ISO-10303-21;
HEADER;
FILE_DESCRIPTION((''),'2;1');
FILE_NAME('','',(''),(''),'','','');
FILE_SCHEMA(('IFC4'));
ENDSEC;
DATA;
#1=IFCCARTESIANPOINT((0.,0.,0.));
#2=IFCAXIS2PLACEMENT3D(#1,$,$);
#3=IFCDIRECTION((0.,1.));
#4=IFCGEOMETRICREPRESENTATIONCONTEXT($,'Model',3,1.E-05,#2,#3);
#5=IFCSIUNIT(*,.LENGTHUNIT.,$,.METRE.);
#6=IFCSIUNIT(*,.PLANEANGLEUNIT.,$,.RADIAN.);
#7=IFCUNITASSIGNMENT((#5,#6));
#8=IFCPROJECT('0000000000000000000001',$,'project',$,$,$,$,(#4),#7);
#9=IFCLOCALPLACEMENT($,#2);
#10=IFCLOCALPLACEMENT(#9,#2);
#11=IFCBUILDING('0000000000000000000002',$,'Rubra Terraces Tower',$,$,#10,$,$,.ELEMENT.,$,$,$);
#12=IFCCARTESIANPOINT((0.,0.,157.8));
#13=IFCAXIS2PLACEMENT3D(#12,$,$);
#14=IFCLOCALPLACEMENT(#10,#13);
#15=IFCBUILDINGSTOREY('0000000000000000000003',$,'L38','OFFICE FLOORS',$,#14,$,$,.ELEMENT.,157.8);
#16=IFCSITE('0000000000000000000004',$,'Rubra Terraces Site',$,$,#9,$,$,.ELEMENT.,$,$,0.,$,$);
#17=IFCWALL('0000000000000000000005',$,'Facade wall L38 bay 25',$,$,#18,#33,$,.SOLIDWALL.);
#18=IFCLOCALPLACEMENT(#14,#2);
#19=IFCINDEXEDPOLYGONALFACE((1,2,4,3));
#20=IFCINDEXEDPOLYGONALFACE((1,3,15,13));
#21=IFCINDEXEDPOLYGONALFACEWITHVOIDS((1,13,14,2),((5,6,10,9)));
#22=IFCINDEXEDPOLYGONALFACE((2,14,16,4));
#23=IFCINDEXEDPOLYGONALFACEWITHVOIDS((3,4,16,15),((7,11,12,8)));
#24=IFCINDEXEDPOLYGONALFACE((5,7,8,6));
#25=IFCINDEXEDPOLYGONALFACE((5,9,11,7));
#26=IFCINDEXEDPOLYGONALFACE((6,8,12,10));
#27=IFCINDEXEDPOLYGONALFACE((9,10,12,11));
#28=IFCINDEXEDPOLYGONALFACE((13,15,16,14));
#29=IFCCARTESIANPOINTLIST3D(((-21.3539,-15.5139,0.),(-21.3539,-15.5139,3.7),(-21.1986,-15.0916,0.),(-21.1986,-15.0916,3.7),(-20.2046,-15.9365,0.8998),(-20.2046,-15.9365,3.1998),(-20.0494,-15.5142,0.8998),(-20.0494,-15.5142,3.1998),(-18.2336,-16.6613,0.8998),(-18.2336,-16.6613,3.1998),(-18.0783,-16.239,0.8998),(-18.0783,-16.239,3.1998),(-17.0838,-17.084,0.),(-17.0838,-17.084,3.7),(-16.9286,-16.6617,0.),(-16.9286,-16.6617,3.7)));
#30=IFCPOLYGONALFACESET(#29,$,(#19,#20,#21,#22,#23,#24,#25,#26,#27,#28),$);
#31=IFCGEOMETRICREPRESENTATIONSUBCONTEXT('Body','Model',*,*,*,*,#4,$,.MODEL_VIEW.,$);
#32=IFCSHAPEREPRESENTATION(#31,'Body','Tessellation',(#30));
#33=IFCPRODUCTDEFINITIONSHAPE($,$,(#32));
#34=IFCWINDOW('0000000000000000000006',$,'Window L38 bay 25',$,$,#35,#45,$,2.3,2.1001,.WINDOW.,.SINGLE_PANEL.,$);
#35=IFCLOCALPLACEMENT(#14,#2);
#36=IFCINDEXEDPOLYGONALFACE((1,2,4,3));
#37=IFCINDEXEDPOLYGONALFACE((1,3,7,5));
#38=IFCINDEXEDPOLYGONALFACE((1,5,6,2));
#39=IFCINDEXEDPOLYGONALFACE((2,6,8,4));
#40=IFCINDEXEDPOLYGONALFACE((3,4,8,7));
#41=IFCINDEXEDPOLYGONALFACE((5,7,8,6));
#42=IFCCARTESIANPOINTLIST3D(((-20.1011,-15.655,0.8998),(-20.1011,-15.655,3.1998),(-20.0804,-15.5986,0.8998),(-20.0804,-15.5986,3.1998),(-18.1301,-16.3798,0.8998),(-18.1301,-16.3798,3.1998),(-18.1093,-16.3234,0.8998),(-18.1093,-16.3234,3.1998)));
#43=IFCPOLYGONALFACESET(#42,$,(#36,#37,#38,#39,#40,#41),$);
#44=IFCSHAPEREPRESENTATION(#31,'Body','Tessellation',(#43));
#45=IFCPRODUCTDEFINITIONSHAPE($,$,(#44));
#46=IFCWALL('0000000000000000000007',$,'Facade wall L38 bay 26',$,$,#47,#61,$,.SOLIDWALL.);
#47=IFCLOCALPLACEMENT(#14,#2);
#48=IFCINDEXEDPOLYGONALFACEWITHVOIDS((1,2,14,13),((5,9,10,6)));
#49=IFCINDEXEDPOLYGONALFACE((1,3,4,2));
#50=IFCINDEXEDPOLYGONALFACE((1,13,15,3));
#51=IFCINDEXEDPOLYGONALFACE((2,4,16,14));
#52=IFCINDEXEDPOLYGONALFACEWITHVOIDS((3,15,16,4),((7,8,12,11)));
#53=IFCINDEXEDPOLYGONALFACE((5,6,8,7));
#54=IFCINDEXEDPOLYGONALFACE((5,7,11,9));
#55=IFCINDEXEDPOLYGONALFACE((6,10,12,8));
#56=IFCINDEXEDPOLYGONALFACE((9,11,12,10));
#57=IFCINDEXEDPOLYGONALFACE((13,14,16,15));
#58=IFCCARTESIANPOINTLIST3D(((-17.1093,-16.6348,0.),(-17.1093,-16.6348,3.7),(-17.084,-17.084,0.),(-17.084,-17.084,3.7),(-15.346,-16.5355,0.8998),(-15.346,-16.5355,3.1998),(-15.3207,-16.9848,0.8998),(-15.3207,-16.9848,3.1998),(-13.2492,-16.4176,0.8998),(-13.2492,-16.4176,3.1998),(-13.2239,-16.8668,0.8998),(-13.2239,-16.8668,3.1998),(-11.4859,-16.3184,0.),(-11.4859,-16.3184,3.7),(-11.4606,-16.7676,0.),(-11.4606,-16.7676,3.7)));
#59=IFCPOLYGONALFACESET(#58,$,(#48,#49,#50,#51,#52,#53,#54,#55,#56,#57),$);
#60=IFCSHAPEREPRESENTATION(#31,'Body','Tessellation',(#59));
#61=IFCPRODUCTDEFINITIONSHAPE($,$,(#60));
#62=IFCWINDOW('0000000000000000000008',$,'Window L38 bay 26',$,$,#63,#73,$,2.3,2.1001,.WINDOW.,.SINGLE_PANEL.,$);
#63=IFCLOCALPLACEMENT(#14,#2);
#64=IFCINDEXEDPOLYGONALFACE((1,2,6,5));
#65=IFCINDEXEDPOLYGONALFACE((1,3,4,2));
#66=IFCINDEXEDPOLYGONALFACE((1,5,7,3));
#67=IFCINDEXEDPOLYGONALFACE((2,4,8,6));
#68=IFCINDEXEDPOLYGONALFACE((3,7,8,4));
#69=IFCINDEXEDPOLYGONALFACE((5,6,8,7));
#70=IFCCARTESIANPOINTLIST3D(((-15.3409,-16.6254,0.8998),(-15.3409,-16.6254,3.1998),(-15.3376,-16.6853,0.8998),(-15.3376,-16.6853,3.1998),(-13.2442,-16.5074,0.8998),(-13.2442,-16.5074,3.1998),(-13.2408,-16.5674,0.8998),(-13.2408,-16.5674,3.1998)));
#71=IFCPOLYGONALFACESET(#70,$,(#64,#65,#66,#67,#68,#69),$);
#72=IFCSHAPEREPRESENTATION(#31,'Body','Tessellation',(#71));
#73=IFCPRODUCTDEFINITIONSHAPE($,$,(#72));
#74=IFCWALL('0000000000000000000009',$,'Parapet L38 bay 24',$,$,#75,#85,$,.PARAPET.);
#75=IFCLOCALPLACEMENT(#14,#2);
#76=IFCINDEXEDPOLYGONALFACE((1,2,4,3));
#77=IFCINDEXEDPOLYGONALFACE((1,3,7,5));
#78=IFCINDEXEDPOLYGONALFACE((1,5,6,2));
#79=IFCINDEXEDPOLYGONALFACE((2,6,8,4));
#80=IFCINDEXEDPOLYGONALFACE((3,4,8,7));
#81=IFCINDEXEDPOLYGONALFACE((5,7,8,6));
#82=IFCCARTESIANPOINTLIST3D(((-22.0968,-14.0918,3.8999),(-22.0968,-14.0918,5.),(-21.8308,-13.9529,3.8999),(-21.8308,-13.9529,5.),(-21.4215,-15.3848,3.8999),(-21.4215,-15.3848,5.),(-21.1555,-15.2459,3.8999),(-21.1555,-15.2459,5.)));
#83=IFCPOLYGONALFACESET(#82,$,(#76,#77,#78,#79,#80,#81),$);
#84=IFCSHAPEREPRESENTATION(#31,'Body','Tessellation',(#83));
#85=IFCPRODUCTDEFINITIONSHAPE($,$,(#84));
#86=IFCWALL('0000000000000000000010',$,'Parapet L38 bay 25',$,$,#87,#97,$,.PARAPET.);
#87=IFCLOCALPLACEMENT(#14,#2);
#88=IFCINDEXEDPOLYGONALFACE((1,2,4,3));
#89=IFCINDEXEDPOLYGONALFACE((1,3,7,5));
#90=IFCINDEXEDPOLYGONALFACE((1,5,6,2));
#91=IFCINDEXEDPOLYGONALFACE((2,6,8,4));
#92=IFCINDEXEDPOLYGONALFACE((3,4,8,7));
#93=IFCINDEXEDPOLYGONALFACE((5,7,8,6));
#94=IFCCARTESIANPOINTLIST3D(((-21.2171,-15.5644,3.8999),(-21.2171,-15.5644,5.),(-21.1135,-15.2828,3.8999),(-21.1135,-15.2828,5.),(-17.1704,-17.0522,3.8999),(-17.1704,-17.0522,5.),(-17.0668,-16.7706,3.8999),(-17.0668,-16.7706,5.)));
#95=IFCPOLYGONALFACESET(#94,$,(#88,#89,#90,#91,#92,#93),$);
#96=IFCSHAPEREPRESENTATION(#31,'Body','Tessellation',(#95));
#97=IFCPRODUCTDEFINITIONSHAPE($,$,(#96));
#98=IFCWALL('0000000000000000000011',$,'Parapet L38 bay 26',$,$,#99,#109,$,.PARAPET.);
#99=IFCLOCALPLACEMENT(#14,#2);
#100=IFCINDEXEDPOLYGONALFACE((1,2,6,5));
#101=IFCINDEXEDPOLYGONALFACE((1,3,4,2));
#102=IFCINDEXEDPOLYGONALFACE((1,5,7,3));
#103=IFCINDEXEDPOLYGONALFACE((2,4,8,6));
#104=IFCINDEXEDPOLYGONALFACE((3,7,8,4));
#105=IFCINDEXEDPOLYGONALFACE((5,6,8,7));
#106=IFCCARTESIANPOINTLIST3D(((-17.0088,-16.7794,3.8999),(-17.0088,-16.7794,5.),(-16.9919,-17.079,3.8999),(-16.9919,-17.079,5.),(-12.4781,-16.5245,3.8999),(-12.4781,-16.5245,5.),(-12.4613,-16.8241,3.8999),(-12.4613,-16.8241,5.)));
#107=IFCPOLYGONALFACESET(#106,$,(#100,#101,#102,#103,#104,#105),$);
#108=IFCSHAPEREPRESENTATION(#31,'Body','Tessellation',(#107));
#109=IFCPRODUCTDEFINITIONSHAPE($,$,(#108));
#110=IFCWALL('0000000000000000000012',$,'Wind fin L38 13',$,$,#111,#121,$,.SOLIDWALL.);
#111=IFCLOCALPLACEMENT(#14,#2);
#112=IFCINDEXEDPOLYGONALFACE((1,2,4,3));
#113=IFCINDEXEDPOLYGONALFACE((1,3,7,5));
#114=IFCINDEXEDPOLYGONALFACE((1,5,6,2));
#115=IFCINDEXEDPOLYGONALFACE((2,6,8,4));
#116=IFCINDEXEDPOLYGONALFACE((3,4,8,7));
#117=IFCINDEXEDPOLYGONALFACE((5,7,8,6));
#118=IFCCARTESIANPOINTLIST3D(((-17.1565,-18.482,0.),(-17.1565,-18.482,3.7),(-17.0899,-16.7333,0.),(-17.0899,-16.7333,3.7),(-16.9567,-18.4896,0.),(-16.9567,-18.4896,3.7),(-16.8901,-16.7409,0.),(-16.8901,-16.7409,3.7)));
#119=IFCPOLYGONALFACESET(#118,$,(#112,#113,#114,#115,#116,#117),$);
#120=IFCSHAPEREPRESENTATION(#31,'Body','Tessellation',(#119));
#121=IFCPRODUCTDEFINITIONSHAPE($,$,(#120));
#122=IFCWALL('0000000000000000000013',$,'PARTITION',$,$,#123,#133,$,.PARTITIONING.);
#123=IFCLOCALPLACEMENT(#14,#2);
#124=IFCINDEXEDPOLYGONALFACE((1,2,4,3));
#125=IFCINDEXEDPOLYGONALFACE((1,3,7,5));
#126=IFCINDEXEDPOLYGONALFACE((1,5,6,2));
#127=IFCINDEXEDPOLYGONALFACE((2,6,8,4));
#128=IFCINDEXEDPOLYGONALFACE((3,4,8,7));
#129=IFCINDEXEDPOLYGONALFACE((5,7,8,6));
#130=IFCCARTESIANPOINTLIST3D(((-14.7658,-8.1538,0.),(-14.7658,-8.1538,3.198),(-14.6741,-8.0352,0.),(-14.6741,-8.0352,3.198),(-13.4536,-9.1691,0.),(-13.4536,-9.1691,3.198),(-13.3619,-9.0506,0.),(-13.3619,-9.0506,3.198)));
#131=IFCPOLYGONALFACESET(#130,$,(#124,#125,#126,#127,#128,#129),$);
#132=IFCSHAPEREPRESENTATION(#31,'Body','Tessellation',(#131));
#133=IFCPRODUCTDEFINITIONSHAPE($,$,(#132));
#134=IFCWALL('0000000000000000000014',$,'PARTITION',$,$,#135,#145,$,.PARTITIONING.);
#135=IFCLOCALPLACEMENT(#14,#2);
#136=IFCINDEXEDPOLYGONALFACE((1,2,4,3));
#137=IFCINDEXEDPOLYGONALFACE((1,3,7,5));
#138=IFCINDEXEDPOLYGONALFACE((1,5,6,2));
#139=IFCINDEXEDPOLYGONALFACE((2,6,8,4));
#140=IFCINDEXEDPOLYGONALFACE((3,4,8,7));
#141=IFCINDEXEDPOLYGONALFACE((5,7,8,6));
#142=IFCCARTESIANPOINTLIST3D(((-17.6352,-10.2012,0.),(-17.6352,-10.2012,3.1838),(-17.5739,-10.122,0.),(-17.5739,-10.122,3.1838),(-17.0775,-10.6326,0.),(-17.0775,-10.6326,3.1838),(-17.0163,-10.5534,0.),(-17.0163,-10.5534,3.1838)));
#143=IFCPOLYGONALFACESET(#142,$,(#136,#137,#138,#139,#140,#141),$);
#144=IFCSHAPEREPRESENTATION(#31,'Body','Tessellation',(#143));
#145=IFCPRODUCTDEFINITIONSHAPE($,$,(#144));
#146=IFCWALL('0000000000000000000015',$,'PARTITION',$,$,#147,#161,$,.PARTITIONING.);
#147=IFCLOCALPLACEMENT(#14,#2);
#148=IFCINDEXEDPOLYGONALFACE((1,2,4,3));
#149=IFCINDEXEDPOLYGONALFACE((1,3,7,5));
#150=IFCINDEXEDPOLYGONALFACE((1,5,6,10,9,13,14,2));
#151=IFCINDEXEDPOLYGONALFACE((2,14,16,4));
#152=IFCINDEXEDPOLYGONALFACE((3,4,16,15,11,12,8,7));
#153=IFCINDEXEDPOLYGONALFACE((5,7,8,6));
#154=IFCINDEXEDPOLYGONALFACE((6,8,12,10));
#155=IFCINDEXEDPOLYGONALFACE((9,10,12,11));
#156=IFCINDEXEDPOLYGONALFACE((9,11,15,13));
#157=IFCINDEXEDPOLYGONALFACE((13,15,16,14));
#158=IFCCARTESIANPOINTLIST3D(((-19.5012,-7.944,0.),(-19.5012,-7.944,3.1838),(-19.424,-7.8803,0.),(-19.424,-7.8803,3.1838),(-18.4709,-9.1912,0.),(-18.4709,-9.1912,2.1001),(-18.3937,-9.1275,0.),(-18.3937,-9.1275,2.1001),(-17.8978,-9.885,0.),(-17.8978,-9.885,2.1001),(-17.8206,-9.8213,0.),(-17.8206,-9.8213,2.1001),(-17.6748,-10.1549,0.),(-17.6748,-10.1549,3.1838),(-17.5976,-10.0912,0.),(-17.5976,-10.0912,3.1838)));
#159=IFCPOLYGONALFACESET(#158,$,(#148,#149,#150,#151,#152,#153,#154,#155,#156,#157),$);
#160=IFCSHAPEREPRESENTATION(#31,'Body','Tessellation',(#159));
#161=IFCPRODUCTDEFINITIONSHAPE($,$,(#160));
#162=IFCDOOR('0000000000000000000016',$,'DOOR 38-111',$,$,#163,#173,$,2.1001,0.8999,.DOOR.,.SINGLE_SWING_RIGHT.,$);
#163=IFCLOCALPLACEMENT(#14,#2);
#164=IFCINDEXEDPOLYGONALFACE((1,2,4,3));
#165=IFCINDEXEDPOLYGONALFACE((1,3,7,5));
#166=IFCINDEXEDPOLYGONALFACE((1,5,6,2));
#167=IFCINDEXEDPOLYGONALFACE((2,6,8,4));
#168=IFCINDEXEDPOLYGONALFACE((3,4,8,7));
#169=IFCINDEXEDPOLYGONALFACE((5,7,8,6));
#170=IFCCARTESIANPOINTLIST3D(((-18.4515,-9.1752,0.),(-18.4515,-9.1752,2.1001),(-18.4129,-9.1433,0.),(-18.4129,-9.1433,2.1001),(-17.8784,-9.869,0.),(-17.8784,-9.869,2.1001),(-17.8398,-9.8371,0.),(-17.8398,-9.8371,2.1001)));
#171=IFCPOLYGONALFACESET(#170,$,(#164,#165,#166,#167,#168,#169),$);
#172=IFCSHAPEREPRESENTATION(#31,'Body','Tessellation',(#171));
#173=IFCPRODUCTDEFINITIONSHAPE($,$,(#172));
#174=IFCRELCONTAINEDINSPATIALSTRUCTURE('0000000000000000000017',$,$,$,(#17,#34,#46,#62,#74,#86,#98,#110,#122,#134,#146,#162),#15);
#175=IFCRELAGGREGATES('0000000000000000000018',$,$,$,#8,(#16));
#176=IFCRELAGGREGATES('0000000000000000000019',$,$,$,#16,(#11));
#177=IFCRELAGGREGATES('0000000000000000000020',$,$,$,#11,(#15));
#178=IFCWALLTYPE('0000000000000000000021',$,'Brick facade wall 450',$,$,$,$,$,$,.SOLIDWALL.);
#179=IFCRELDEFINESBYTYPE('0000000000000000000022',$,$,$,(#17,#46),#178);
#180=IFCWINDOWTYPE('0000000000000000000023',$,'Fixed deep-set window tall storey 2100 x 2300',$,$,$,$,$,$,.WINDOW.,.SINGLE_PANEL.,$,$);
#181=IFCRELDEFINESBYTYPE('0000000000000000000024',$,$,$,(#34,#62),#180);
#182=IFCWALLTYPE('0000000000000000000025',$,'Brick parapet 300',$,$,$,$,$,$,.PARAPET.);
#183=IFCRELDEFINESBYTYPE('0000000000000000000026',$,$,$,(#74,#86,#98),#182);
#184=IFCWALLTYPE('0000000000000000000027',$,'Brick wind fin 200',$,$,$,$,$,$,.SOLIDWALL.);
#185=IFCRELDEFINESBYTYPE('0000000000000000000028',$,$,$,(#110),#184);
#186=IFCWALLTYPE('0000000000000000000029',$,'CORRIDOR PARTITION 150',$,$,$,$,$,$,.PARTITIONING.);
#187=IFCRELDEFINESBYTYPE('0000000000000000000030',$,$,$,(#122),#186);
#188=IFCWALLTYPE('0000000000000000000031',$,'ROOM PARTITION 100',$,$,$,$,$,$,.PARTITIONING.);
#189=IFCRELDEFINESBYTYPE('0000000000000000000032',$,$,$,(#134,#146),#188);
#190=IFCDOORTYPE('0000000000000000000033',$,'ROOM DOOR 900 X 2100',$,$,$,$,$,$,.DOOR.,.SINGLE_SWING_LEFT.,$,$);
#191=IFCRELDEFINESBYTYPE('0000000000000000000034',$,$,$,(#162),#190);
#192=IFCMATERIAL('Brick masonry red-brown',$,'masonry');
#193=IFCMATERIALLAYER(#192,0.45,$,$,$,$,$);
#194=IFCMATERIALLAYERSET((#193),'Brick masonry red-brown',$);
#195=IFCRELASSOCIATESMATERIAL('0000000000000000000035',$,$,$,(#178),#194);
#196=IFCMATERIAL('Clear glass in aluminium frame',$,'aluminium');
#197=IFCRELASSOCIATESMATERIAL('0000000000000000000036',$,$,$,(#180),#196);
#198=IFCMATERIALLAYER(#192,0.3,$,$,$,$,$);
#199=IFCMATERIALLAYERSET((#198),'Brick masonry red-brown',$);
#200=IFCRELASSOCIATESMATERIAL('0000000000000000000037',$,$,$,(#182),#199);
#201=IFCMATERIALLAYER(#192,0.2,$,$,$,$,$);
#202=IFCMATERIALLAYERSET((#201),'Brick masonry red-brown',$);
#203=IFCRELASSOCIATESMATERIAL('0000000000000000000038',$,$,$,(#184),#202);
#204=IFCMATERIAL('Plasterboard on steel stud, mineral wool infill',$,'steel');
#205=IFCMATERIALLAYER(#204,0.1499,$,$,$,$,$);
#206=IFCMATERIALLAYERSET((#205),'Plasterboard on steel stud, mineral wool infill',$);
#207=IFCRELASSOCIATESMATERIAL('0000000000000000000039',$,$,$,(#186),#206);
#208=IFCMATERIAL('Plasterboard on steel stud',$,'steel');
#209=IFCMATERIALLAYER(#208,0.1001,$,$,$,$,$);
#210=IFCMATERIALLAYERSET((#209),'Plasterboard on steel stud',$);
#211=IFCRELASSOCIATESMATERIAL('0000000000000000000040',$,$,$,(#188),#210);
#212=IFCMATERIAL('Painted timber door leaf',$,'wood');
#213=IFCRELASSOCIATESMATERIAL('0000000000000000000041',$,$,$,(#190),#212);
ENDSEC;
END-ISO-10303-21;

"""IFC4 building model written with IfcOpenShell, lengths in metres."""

from ifc_helpers import new_model, si_unit, direction, frame, frame_2d, origin, place, context, subcontext, project, spatial, rectangle, extrude, material, layer, layer_set, type_object, element, fill, save


model = new_model("IFC4")

# Units and contexts
model_context = context("Model", 3, precision=1e-05, world=origin(), true_north=direction((0.0, 1.0)))
body_context = subcontext(model_context, "Body", "Model", "MODEL_VIEW")
ifc_project = project(units=[si_unit("LENGTHUNIT", "METRE"), si_unit("PLANEANGLEUNIT", "RADIAN")], contexts=[model_context])

# Site, building, storey
site_placement = place(None, origin())
site = spatial("IfcSite", under=ifc_project, at=site_placement, Name="Rubra Terraces Site", CompositionType="ELEMENT", RefElevation=0.0)
building_placement = place(site_placement, origin())
building = spatial("IfcBuilding", under=site, at=building_placement, Name="Rubra Terraces Tower", CompositionType="ELEMENT")
storey_placement = place(building_placement, frame((0.0, 0.0, 157.8)))
storey = spatial("IfcBuildingStorey", under=building, at=storey_placement, Name="L38", Description="OFFICE FLOORS", CompositionType="ELEMENT", Elevation=157.8)

# Walls, openings, windows
ifc_material_1 = material(Name="Brick masonry red-brown", Category="masonry")
ifc_layer_1 = layer(ifc_material_1, 0.45)
ifc_layer_set_1 = layer_set([ifc_layer_1], Name="Brick masonry red-brown")
wall_type_1 = type_object("IfcWallType", Name="Brick facade wall 450", PredefinedType="SOLIDWALL", material=ifc_layer_set_1)
ifc_material_2 = material(Name="Clear glass in aluminium frame", Category="aluminium")
window_type = type_object("IfcWindowType", Name="Fixed deep-set window tall storey 2100 x 2300", PartitioningType="SINGLE_PANEL", PredefinedType="WINDOW", material=ifc_material_2)
wall_1_placement = place(storey_placement, frame((-21.2764, -15.3027, 0.0), z_axis=(0.0, 0.0, 1.0), x_axis=(0.938564, -0.345106, 0.0)))
wall_1 = element("IfcWall", 1, at=wall_1_placement, inside=storey, type_object=wall_type_1, Name="Facade wall L38 bay 25", PredefinedType="SOLIDWALL", context=body_context, shape_type="SweptSolid", body=[
    extrude(rectangle(XDim=4.5496, YDim=0.45, at=frame_2d((2.2749, 0.0))), origin(), (0.0, 0.0, 1.0), 3.7),
])
opening_1_placement = place(wall_1_placement, frame((1.2246, 0.0, 0.8999)))
opening_1 = element("IfcOpeningElement", 2, at=opening_1_placement, cuts=wall_1, PredefinedType="OPENING", context=body_context, shape_type="SweptSolid", body=[
    extrude(rectangle(XDim=2.1001, YDim=2.3, at=frame_2d((1.05, 1.1499))), frame((0.0, 0.2349, 0.0), z_axis=(0.0, -1.0, 0.0), x_axis=(1.0, 0.0, 0.0)), (0.0, 0.0, 1.0), 0.47),
])
window_1_placement = place(opening_1_placement, origin())
window_1 = element("IfcWindow", 3, at=window_1_placement, inside=storey, type_object=window_type, Name="Window L38 bay 25", OverallHeight=2.3, OverallWidth=2.1001, PartitioningType="SINGLE_PANEL", PredefinedType="WINDOW", context=body_context, shape_type="SweptSolid", body=[
    extrude(rectangle(XDim=2.1001, YDim=2.3, at=frame_2d((1.05, 1.1499))), frame((0.0, 0.135, 0.0), z_axis=(0.0, -1.0, 0.0), x_axis=(1.0, 0.0, 0.0)), (0.0, 0.0, 1.0), 0.0601),
])
fill(opening_1, window_1)
wall_2_placement = place(storey_placement, frame((-17.0967, -16.8594, 0.0), z_axis=(0.0, 0.0, 1.0), x_axis=(0.998421, 0.056176, 0.0)))
wall_2 = element("IfcWall", 4, at=wall_2_placement, inside=storey, type_object=wall_type_1, Name="Facade wall L38 bay 26", PredefinedType="SOLIDWALL", context=body_context, shape_type="SweptSolid", body=[
    extrude(rectangle(XDim=5.6323, YDim=0.45, at=frame_2d((2.8162, 0.0))), origin(), (0.0, 0.0, 1.0), 3.7),
])
opening_2_placement = place(wall_2_placement, frame((1.7661, 0.0, 0.8999)))
opening_2 = element("IfcOpeningElement", 5, at=opening_2_placement, cuts=wall_2, PredefinedType="OPENING", context=body_context, shape_type="SweptSolid", body=[
    extrude(rectangle(XDim=2.1001, YDim=2.3, at=frame_2d((1.05, 1.1499))), frame((0.0, 0.2349, 0.0), z_axis=(0.0, -1.0, 0.0), x_axis=(1.0, 0.0, 0.0)), (0.0, 0.0, 1.0), 0.47),
])
window_2_placement = place(opening_2_placement, origin())
window_2 = element("IfcWindow", 6, at=window_2_placement, inside=storey, type_object=window_type, Name="Window L38 bay 26", OverallHeight=2.3, OverallWidth=2.1001, PartitioningType="SINGLE_PANEL", PredefinedType="WINDOW", context=body_context, shape_type="SweptSolid", body=[
    extrude(rectangle(XDim=2.1001, YDim=2.3, at=frame_2d((1.05, 1.1499))), frame((0.0, 0.135, 0.0), z_axis=(0.0, -1.0, 0.0), x_axis=(1.0, 0.0, 0.0)), (0.0, 0.0, 1.0), 0.0601),
])
fill(opening_2, window_2)

# Walls
ifc_layer_2 = layer(ifc_material_1, 0.3)
ifc_layer_set_2 = layer_set([ifc_layer_2], Name="Brick masonry red-brown")
wall_type_2 = type_object("IfcWallType", Name="Brick parapet 300", PredefinedType="PARAPET", material=ifc_layer_set_2)
wall_3_placement = place(storey_placement, frame((-21.9639, -14.0222, 3.8999), z_axis=(0.0, 0.0, 1.0), x_axis=(0.462943, -0.886388, 0.0)))
element("IfcWall", 7, at=wall_3_placement, inside=storey, type_object=wall_type_2, Name="Parapet L38 bay 24", PredefinedType="PARAPET", context=body_context, shape_type="SweptSolid", body=[
    extrude(rectangle(XDim=1.4587, YDim=0.3, at=frame_2d((0.7295, 0.0))), origin(), (0.0, 0.0, 1.0), 1.1001),
])
wall_4_placement = place(storey_placement, frame((-21.1653, -15.4236, 3.8999), z_axis=(0.0, 0.0, 1.0), x_axis=(0.938574, -0.345078, 0.0)))
element("IfcWall", 8, at=wall_4_placement, inside=storey, type_object=wall_type_2, Name="Parapet L38 bay 25", PredefinedType="PARAPET", context=body_context, shape_type="SweptSolid", body=[
    extrude(rectangle(XDim=4.3115, YDim=0.3, at=frame_2d((2.1558, 0.0))), origin(), (0.0, 0.0, 1.0), 1.1001),
])
wall_5_placement = place(storey_placement, frame((-17.0005, -16.9292, 3.8999), z_axis=(0.0, 0.0, 1.0), x_axis=(0.998421, 0.056167, 0.0)))
element("IfcWall", 9, at=wall_5_placement, inside=storey, type_object=wall_type_2, Name="Parapet L38 bay 26", PredefinedType="PARAPET", context=body_context, shape_type="SweptSolid", body=[
    extrude(rectangle(XDim=4.5378, YDim=0.3, at=frame_2d((2.269, 0.0))), origin(), (0.0, 0.0, 1.0), 1.1001),
])
ifc_layer_3 = layer(ifc_material_1, 0.2)
ifc_layer_set_3 = layer_set([ifc_layer_3], Name="Brick masonry red-brown")
wall_type_3 = type_object("IfcWallType", Name="Brick wind fin 200", PredefinedType="SOLIDWALL", material=ifc_layer_set_3)
wall_6_placement = place(storey_placement, frame((-16.99, -16.7371, 0.0), z_axis=(0.0, 0.0, 1.0), x_axis=(-0.038085, -0.999275, 0.0)))
element("IfcWall", 10, at=wall_6_placement, inside=storey, type_object=wall_type_3, Name="Wind fin L38 13", PredefinedType="SOLIDWALL", context=body_context, shape_type="SweptSolid", body=[
    extrude(rectangle(XDim=1.75, YDim=0.2, at=frame_2d((0.875, 0.0))), origin(), (0.0, 0.0, 1.0), 3.7),
])
ifc_material_3 = material(Name="Plasterboard on steel stud, mineral wool infill", Category="steel")
ifc_layer_4 = layer(ifc_material_3, 0.1499)
ifc_layer_set_4 = layer_set([ifc_layer_4], Name="Plasterboard on steel stud, mineral wool infill")
wall_type_4 = type_object("IfcWallType", Name="CORRIDOR PARTITION 150", PredefinedType="PARTITIONING", material=ifc_layer_set_4)
wall_7_placement = place(storey_placement, frame((-14.72, -8.0945, 0.0), z_axis=(0.0, 0.0, 1.0), x_axis=(0.790887, -0.611962, 0.0)))
element("IfcWall", 11, at=wall_7_placement, inside=storey, type_object=wall_type_4, Name="PARTITION", PredefinedType="PARTITIONING", context=body_context, shape_type="SweptSolid", body=[
    extrude(rectangle(XDim=1.6592, YDim=0.1499, at=frame_2d((0.8296, 0.0))), origin(), (0.0, 0.0, 1.0), 3.198),
])
ifc_material_4 = material(Name="Plasterboard on steel stud", Category="steel")
ifc_layer_5 = layer(ifc_material_4, 0.1001)
ifc_layer_set_5 = layer_set([ifc_layer_5], Name="Plasterboard on steel stud")
wall_type_5 = type_object("IfcWallType", Name="ROOM PARTITION 100", PredefinedType="PARTITIONING", material=ifc_layer_set_5)
wall_8_placement = place(storey_placement, frame((-17.0469, -10.593, 0.0), z_axis=(0.0, 0.0, 1.0), x_axis=(-0.790935, 0.611901, 0.0)))
element("IfcWall", 12, at=wall_8_placement, inside=storey, type_object=wall_type_5, Name="PARTITION", PredefinedType="PARTITIONING", context=body_context, shape_type="SweptSolid", body=[
    extrude(rectangle(XDim=0.7051, YDim=0.1001, at=frame_2d((0.3525, 0.0))), origin(), (0.0, 0.0, 1.0), 3.1838),
])

# Wall, opening, door
wall_9_placement = place(storey_placement, frame((-17.6362, -10.123, 0.0), z_axis=(0.0, 0.0, 1.0), x_axis=(-0.636879, 0.770964, 0.0)))
wall_9 = element("IfcWall", 13, at=wall_9_placement, inside=storey, type_object=wall_type_5, Name="PARTITION", PredefinedType="PARTITIONING", context=body_context, shape_type="SweptSolid", body=[
    extrude(rectangle(XDim=2.8677, YDim=0.1001, at=frame_2d((1.4338, 0.0))), origin(), (0.0, 0.0, 1.0), 3.1838),
])
opening_3_placement = place(wall_9_placement, frame((0.3501, 0.0, 0.0)))
opening_3 = element("IfcOpeningElement", 14, at=opening_3_placement, cuts=wall_9, PredefinedType="OPENING", context=body_context, shape_type="SweptSolid", body=[
    extrude(rectangle(XDim=0.8999, YDim=2.1001, at=frame_2d((0.45, 1.05))), frame((0.0, 0.0601, 0.0), z_axis=(0.0, -1.0, 0.0), x_axis=(1.0, 0.0, 0.0)), (0.0, 0.0, 1.0), 0.1201),
])
ifc_material_5 = material(Name="Painted timber door leaf", Category="wood")
door_type = type_object("IfcDoorType", Name="ROOM DOOR 900 X 2100", OperationType="SINGLE_SWING_LEFT", PredefinedType="DOOR", material=ifc_material_5)
door_placement = place(opening_3_placement, origin())
door = element("IfcDoor", 15, at=door_placement, inside=storey, type_object=door_type, Name="DOOR 38-111", OperationType="SINGLE_SWING_RIGHT", OverallHeight=2.1001, OverallWidth=0.8999, PredefinedType="DOOR", context=body_context, shape_type="SweptSolid", body=[
    extrude(rectangle(XDim=0.8999, YDim=2.1001, at=frame_2d((0.45, 1.05))), frame((0.0, 0.0249, 0.0), z_axis=(0.0, -1.0, 0.0), x_axis=(1.0, 0.0, 0.0)), (0.0, 0.0, 1.0), 0.05),
])
fill(opening_3, door)

save(model, "model.ifc")
